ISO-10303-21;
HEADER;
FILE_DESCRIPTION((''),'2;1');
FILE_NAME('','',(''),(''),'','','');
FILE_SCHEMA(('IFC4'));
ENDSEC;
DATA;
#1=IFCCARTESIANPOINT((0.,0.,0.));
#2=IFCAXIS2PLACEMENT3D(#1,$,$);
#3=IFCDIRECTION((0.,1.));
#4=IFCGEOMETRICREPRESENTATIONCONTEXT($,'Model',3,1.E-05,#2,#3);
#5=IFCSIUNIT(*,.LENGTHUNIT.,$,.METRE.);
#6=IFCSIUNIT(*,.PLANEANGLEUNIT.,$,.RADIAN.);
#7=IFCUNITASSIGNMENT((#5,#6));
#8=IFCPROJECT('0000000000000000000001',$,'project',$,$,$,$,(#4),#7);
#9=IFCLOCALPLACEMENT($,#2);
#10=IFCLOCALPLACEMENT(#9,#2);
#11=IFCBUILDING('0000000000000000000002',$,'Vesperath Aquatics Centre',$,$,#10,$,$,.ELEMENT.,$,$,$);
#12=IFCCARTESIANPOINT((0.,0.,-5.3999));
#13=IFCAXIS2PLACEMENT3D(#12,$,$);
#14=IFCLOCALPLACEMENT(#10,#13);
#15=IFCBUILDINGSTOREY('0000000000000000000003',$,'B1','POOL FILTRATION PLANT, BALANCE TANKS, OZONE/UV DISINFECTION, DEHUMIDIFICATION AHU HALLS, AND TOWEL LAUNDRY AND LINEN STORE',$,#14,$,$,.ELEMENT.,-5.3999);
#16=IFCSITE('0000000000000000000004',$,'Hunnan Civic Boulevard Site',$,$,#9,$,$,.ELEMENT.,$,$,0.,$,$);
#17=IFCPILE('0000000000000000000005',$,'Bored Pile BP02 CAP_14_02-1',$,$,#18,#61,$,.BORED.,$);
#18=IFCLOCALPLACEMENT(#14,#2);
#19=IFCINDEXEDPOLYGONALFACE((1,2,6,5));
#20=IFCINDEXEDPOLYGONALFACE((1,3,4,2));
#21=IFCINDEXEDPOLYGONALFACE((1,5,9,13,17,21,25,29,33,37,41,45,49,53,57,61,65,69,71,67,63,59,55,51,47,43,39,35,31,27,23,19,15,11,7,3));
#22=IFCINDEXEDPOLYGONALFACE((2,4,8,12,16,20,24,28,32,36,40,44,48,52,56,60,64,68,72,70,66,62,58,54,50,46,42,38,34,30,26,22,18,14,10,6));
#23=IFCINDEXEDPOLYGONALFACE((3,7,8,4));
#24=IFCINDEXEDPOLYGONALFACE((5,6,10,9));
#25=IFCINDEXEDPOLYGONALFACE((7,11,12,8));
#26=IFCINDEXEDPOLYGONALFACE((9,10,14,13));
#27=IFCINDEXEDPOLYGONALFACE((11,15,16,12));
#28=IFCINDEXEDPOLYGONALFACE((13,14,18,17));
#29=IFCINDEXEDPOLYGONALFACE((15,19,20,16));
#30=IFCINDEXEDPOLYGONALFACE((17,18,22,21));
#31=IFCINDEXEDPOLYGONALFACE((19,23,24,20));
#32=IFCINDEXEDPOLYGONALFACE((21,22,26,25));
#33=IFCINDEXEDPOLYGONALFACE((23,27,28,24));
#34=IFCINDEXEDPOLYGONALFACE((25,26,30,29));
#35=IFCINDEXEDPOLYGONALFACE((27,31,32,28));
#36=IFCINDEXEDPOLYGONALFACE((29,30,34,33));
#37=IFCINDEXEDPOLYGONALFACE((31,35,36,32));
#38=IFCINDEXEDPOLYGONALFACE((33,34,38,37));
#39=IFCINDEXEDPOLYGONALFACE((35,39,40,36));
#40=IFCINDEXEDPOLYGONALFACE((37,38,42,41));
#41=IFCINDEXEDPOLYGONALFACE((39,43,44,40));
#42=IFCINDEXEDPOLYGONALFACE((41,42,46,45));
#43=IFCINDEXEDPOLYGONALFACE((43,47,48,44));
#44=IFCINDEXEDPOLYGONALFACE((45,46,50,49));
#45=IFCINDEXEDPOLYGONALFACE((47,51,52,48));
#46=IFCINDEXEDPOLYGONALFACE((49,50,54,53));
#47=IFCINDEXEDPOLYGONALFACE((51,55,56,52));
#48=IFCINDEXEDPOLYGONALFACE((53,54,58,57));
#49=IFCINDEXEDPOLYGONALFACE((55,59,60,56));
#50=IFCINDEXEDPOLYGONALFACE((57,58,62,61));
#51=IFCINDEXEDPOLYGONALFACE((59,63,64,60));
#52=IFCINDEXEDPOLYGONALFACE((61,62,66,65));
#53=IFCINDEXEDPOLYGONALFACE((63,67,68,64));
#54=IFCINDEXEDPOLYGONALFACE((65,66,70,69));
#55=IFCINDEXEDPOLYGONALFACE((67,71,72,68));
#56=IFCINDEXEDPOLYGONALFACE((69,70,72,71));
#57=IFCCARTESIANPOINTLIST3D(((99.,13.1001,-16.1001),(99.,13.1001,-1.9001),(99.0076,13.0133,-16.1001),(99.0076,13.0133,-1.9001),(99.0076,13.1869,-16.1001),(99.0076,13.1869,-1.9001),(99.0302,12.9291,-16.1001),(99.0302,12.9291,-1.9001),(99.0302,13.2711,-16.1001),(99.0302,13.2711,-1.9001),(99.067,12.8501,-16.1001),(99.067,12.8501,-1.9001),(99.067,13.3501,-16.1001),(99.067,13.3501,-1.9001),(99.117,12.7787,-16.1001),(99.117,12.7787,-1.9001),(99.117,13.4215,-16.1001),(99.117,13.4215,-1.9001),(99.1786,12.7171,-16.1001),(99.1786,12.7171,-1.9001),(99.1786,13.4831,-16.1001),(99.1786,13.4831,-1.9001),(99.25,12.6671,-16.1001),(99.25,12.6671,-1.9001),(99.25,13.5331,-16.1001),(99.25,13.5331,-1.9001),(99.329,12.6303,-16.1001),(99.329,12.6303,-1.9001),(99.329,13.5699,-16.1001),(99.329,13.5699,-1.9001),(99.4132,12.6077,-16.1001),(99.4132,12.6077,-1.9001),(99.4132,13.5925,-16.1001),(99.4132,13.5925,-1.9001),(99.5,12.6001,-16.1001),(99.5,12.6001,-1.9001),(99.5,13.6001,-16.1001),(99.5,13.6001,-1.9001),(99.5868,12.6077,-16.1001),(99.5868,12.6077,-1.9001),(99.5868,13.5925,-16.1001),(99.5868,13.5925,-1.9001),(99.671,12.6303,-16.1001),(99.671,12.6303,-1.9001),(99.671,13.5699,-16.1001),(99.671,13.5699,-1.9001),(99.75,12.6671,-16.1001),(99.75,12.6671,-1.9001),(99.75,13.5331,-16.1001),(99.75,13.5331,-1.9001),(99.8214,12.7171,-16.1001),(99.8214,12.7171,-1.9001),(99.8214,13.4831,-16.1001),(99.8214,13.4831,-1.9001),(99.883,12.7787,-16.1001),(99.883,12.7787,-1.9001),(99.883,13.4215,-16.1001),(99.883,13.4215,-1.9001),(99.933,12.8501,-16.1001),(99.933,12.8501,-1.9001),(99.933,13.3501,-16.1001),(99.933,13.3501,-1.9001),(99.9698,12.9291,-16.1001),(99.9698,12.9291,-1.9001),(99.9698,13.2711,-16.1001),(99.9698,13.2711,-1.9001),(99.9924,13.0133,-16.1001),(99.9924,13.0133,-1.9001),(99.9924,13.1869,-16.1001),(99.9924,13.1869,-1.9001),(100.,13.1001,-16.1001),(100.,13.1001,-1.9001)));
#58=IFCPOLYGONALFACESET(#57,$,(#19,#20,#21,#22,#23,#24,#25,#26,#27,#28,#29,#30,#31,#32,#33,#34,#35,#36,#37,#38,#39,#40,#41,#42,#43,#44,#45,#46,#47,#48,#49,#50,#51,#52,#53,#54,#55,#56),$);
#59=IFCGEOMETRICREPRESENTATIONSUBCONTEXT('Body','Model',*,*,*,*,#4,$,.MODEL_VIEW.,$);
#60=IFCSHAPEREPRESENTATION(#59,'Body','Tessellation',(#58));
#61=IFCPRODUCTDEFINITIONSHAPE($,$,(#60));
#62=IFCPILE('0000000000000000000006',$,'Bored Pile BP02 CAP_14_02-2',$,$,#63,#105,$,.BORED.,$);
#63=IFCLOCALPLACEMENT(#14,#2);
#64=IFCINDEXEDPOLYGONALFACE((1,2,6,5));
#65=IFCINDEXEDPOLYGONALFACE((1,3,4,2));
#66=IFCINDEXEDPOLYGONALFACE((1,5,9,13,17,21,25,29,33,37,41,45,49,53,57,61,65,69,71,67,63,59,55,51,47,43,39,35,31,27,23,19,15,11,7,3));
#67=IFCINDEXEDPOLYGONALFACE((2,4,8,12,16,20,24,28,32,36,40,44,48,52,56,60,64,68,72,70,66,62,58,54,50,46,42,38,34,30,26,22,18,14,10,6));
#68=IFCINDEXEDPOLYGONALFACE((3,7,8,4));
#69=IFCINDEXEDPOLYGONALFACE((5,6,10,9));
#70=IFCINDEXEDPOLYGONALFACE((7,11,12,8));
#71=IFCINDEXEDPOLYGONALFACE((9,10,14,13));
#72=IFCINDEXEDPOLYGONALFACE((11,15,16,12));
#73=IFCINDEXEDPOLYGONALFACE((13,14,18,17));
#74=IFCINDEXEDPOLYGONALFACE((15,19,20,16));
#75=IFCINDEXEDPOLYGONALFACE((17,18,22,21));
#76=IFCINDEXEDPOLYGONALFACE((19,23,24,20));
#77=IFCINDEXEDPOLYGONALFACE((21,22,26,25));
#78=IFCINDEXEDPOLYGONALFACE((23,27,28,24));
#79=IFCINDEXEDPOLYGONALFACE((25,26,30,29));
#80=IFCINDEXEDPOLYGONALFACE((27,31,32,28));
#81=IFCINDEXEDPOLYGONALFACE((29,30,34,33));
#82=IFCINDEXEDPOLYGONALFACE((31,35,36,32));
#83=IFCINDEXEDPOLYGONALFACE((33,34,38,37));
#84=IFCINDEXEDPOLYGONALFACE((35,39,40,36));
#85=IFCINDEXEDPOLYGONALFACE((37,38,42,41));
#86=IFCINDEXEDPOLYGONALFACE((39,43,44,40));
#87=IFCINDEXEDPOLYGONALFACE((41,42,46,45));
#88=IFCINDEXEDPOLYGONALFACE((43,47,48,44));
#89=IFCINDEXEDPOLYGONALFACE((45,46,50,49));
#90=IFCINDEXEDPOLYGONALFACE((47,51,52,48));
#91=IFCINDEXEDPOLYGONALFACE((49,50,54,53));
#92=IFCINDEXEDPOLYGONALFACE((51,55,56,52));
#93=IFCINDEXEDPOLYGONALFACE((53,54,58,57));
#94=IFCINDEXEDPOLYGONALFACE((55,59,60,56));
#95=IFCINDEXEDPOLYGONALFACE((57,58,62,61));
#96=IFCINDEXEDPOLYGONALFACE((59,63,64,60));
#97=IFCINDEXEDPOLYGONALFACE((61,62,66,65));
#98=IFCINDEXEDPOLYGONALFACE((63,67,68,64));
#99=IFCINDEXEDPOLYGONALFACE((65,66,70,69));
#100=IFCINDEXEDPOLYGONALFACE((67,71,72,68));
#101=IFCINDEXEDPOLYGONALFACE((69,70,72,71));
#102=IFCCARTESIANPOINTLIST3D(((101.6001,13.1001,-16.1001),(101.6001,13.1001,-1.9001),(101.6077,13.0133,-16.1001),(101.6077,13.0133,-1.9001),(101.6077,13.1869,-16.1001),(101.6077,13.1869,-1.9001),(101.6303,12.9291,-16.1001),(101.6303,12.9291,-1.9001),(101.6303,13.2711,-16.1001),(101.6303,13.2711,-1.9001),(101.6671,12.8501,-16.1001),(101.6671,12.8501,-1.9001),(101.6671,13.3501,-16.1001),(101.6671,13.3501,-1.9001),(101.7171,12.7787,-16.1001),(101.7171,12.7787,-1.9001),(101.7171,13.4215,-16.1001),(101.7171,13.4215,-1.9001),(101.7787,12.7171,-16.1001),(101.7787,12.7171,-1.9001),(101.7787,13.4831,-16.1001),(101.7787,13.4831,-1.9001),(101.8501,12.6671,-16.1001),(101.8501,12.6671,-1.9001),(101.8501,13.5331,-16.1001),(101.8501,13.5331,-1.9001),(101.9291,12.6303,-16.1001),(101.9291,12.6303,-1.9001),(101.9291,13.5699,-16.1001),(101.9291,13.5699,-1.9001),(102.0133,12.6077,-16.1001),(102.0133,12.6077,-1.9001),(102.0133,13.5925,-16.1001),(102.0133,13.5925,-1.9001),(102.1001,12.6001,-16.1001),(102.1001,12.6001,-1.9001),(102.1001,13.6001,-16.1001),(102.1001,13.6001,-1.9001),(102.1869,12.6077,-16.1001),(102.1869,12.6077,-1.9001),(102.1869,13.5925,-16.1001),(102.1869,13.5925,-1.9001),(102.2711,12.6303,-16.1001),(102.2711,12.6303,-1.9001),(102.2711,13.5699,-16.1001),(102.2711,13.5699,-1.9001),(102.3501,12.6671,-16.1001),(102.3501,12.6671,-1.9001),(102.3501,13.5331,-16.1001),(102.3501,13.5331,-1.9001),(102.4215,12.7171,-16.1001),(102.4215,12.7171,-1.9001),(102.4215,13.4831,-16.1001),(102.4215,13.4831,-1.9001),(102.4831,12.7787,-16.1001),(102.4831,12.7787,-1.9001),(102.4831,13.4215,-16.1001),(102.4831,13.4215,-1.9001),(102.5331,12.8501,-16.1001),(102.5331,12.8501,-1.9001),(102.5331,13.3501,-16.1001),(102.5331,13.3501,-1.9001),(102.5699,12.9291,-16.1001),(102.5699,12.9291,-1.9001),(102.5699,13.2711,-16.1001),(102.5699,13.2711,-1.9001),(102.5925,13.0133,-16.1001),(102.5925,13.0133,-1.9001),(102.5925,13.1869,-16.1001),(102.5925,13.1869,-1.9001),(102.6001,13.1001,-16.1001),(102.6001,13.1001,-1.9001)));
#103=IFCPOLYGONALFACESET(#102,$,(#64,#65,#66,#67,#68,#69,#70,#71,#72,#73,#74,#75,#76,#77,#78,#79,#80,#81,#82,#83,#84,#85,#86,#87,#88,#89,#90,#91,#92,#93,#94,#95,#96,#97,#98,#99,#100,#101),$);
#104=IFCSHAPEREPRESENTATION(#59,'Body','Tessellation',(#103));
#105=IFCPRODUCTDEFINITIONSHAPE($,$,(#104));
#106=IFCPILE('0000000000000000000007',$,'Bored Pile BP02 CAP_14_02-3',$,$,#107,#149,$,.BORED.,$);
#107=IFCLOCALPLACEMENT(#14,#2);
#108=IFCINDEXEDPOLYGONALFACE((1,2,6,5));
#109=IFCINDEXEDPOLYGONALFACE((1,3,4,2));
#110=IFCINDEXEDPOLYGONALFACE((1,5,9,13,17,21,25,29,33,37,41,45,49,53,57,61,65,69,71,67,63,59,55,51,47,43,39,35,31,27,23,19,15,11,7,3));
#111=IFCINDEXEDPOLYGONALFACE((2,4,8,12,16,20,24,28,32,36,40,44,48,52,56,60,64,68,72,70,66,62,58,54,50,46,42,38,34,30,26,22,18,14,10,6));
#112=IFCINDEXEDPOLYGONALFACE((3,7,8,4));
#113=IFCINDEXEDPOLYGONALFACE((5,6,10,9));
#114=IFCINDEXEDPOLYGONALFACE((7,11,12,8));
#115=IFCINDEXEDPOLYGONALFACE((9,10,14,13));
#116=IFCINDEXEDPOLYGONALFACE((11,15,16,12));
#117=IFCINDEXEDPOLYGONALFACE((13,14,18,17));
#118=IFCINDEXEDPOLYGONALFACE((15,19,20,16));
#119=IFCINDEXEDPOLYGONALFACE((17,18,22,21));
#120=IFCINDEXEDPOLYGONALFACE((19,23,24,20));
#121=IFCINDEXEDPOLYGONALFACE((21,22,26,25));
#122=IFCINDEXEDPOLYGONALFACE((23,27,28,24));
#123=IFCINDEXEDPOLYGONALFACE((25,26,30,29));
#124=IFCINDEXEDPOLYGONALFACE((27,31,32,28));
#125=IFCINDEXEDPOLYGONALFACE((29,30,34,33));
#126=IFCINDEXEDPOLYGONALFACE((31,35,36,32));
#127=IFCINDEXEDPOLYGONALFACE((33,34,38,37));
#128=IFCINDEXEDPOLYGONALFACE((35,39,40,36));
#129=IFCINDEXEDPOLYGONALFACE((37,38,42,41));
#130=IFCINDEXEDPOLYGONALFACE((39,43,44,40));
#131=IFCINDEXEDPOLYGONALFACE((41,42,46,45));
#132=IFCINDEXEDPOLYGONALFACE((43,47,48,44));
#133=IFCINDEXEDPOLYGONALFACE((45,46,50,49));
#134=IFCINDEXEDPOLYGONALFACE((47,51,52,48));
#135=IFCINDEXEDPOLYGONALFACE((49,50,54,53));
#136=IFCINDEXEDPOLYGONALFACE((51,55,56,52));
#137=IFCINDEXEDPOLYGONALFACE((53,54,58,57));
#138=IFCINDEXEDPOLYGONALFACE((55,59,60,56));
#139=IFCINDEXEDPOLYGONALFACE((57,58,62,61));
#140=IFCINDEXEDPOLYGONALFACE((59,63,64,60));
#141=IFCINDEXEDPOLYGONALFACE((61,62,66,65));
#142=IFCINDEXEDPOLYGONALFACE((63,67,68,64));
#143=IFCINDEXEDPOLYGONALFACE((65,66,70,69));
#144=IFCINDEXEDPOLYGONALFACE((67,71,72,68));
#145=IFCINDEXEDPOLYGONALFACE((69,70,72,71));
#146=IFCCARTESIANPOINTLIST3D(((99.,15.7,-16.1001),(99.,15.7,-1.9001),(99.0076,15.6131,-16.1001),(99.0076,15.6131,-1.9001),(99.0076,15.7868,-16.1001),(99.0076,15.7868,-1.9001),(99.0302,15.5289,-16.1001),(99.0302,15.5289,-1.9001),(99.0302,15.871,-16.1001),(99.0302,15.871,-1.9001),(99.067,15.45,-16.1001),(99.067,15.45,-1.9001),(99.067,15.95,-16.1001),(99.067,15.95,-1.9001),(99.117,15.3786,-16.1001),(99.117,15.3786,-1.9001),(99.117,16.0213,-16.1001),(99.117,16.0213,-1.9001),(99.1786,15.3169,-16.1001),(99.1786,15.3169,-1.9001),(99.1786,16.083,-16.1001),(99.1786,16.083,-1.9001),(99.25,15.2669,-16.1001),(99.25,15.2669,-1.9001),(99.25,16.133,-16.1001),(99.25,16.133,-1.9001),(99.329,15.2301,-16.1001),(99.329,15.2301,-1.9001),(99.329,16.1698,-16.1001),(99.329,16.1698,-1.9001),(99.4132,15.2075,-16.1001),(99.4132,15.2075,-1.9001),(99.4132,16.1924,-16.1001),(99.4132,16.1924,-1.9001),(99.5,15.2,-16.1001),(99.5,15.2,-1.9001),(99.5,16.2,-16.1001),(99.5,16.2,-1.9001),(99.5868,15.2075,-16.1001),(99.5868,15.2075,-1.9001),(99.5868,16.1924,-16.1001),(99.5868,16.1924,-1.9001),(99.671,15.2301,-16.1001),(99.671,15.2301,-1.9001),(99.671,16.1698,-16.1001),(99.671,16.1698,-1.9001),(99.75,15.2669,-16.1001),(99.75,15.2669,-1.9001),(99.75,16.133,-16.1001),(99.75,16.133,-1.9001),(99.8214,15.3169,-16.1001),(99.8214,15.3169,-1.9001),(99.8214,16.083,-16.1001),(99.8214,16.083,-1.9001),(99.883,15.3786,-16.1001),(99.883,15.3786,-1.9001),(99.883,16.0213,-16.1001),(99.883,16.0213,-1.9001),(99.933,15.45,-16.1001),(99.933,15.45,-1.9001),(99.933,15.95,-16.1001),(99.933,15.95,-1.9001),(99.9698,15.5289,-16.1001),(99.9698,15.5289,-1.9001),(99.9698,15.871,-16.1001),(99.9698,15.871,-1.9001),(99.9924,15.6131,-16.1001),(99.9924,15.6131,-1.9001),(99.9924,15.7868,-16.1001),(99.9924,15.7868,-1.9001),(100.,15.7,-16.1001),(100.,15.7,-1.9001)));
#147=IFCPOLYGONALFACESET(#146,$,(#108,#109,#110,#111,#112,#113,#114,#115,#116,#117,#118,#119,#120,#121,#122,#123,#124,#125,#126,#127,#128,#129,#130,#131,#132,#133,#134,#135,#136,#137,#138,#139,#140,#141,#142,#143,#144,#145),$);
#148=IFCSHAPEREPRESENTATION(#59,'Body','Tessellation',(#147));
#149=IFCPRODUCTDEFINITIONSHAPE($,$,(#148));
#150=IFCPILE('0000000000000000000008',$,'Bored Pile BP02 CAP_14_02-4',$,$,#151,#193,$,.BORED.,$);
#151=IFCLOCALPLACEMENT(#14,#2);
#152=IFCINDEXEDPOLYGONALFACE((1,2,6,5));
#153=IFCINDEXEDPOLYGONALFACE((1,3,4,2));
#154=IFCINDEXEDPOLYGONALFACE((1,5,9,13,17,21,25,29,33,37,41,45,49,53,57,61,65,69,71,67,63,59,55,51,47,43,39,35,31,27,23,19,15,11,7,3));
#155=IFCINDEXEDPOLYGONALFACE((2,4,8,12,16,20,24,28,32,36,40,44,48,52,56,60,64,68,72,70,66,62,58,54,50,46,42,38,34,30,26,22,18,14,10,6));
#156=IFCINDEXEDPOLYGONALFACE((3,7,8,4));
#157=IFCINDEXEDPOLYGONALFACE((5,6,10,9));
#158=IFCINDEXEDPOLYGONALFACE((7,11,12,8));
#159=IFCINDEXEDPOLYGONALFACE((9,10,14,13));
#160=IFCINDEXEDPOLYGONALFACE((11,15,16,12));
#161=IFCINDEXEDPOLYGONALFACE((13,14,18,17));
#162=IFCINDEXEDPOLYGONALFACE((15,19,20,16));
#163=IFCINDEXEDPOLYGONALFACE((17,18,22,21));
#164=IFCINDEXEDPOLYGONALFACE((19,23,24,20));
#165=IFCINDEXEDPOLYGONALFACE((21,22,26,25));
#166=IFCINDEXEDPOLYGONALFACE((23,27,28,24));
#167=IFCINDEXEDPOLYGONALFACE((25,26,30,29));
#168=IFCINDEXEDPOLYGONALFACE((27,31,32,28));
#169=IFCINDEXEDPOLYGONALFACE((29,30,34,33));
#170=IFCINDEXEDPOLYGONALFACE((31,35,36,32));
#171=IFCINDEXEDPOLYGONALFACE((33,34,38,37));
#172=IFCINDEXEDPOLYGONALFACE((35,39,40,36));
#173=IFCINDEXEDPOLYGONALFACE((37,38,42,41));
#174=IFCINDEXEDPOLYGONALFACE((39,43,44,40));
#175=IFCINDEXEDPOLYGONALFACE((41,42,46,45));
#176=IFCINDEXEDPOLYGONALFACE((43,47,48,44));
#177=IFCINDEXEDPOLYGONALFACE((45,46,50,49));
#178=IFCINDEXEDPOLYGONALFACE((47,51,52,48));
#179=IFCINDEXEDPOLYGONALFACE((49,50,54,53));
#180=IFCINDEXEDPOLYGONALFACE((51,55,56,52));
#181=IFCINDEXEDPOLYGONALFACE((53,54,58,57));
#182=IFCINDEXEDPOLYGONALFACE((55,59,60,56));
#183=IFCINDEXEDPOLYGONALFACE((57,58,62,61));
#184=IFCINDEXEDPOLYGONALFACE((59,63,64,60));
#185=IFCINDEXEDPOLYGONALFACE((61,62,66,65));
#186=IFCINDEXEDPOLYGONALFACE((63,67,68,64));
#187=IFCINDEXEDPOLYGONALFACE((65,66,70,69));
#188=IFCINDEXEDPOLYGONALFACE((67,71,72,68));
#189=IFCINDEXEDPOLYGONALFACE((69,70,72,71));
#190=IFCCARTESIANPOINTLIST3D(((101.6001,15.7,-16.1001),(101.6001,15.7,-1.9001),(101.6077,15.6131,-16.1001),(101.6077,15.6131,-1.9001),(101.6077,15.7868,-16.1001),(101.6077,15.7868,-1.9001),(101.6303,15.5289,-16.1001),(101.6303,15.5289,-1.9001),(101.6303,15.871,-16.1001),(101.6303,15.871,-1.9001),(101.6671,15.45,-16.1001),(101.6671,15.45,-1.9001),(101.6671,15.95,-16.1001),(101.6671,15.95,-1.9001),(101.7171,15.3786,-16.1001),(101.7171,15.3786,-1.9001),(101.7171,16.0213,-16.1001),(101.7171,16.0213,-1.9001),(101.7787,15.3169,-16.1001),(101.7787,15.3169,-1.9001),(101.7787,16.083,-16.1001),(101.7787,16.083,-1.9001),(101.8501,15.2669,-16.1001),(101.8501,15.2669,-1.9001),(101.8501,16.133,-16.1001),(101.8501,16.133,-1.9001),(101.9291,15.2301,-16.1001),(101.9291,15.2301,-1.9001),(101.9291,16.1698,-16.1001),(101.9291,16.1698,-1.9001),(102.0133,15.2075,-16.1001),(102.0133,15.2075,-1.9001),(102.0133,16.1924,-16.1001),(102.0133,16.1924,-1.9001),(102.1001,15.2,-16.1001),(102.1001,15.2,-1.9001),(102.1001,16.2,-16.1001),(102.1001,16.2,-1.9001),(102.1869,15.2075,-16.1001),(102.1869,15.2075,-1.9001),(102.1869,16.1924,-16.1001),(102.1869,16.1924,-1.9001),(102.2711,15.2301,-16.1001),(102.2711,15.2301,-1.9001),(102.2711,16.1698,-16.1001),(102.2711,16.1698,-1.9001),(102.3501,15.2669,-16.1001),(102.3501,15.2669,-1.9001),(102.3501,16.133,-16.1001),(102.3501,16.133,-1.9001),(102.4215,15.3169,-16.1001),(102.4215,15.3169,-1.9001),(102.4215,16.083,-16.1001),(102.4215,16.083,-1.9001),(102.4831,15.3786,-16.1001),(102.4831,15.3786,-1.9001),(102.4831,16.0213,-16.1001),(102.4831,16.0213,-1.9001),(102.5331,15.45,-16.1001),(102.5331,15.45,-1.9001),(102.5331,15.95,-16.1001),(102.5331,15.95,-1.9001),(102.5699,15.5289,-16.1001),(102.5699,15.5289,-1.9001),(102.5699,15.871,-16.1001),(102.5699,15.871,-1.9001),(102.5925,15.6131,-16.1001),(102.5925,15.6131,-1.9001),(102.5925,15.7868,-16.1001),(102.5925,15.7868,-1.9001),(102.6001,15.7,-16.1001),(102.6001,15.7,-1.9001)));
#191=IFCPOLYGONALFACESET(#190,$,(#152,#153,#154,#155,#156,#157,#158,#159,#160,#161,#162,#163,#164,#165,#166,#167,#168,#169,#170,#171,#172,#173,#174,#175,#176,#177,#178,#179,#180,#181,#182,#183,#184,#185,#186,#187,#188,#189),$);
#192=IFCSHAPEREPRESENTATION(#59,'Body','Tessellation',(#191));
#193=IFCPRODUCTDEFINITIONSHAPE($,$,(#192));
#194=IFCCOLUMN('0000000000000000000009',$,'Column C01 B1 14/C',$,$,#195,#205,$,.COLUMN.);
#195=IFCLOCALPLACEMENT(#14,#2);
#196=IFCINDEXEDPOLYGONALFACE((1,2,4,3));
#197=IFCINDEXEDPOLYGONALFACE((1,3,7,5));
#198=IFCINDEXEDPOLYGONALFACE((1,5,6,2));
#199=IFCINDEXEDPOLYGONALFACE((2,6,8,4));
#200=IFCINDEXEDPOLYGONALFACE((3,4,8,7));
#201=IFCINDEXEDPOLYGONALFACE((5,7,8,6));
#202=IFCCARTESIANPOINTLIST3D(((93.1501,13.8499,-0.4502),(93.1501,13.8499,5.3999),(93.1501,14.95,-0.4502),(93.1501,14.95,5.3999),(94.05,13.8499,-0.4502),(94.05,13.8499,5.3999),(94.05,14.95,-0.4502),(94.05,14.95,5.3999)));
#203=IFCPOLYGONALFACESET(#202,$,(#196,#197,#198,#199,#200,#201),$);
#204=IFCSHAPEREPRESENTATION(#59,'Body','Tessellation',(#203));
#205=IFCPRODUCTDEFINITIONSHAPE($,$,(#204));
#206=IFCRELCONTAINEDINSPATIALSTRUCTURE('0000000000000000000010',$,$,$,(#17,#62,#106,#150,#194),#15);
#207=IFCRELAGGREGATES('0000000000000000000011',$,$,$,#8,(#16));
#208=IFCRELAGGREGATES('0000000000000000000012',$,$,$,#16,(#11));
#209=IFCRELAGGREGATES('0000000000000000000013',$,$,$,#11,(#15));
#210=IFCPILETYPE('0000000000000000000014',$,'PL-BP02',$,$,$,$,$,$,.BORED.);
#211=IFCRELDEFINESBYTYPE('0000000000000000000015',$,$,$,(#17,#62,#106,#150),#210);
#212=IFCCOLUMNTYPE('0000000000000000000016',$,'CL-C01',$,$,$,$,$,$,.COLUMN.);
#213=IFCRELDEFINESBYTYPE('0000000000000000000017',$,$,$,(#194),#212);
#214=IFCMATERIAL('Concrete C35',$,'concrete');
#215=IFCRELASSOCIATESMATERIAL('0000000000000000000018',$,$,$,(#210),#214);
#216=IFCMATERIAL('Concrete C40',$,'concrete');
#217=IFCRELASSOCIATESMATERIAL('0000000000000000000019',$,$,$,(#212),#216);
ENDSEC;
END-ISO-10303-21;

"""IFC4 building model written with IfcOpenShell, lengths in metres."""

from ifc_helpers import new_model, si_unit, direction, frame, origin, origin_2d, place, context, subcontext, project, spatial, rectangle, circle, extrude, material, material_profile, profile_set, type_object, element, save


model = new_model("IFC4")

# Units and contexts
model_context = context("Model", 3, precision=1e-05, world=origin(), true_north=direction((0.0, 1.0)))
body_context = subcontext(model_context, "Body", "Model", "MODEL_VIEW")
ifc_project = project(units=[si_unit("LENGTHUNIT", "METRE"), si_unit("PLANEANGLEUNIT", "RADIAN")], contexts=[model_context])

# Site, building, storey
site_placement = place(None, origin())
site = spatial("IfcSite", under=ifc_project, at=site_placement, Name="Hunnan Civic Boulevard Site", CompositionType="ELEMENT", RefElevation=0.0)
building_placement = place(site_placement, origin())
building = spatial("IfcBuilding", under=site, at=building_placement, Name="Vesperath Aquatics Centre", CompositionType="ELEMENT")
storey_placement = place(building_placement, frame((0.0, 0.0, -5.3999)))
storey = spatial("IfcBuildingStorey", under=building, at=storey_placement, Name="B1", Description="POOL FILTRATION PLANT, BALANCE TANKS, OZONE/UV DISINFECTION, DEHUMIDIFICATION AHU HALLS, AND TOWEL LAUNDRY AND LINEN STORE", CompositionType="ELEMENT", Elevation=-5.3999)

# Shared definitions
ifc_material_1 = material(Name="Concrete C40", Category="concrete")

# Piles
ifc_material_2 = material(Name="Concrete C35", Category="concrete")
ifc_material_profile_1 = material_profile(ifc_material_2, circle(Radius=0.5, at=origin_2d()), Name="PILE D1000")
ifc_profile_set_1 = profile_set([ifc_material_profile_1], Name="Concrete C35")
pile_type_1 = type_object("IfcPileType", Name="PL-BP02", PredefinedType="BORED", material=ifc_profile_set_1)
for number, where, z_axis, x_axis, name in (
    (1, (99.5, 13.1001, -1.9001), (0.0, 0.0, -1.0), (1.0, 0.0, 0.0), "Bored Pile BP02 CAP_14_02-1"),
    (2, (102.1001, 13.1001, -1.9001), (0.0, 0.0, -1.0), (1.0, 0.0, 0.0), "Bored Pile BP02 CAP_14_02-2"),
    (3, (99.5, 15.7, -1.9001), (0.0, 0.0, -1.0), (1.0, 0.0, 0.0), "Bored Pile BP02 CAP_14_02-3"),
    (4, (102.1001, 15.7, -1.9001), (0.0, 0.0, -1.0), (1.0, 0.0, 0.0), "Bored Pile BP02 CAP_14_02-4"),
):
    element("IfcPile", number, at=place(storey_placement, frame(where, z_axis=z_axis, x_axis=x_axis)), inside=storey, type_object=pile_type_1, Name=name, PredefinedType="BORED", context=body_context, shape_type="SweptSolid", body=[
        extrude(circle(Radius=0.5, at=origin_2d()), origin(), (0.0, 0.0, 1.0), 14.2),
    ])

# Column
ifc_material_profile_2 = material_profile(ifc_material_1, rectangle(XDim=0.8999, YDim=1.1001, at=origin_2d()), Name="RC 1100x900")
ifc_profile_set_2 = profile_set([ifc_material_profile_2], Name="Concrete C40")
column_type_1 = type_object("IfcColumnType", Name="CL-C01", PredefinedType="COLUMN", material=ifc_profile_set_2)
for number, where, z_axis, x_axis, name in (
    (5, (93.6001, 14.3999, -0.4502), (0.0, 0.0, 1.0), (1.0, 0.0, 0.0), "Column C01 B1 14/C"),
):
    element("IfcColumn", number, at=place(storey_placement, frame(where, z_axis=z_axis, x_axis=x_axis)), inside=storey, type_object=column_type_1, Name=name, PredefinedType="COLUMN", context=body_context, shape_type="SweptSolid", body=[
        extrude(rectangle(XDim=0.8999, YDim=1.1001, at=origin_2d()), origin(), (0.0, 0.0, 1.0), 5.8501),
    ])

save(model, "model.ifc")
